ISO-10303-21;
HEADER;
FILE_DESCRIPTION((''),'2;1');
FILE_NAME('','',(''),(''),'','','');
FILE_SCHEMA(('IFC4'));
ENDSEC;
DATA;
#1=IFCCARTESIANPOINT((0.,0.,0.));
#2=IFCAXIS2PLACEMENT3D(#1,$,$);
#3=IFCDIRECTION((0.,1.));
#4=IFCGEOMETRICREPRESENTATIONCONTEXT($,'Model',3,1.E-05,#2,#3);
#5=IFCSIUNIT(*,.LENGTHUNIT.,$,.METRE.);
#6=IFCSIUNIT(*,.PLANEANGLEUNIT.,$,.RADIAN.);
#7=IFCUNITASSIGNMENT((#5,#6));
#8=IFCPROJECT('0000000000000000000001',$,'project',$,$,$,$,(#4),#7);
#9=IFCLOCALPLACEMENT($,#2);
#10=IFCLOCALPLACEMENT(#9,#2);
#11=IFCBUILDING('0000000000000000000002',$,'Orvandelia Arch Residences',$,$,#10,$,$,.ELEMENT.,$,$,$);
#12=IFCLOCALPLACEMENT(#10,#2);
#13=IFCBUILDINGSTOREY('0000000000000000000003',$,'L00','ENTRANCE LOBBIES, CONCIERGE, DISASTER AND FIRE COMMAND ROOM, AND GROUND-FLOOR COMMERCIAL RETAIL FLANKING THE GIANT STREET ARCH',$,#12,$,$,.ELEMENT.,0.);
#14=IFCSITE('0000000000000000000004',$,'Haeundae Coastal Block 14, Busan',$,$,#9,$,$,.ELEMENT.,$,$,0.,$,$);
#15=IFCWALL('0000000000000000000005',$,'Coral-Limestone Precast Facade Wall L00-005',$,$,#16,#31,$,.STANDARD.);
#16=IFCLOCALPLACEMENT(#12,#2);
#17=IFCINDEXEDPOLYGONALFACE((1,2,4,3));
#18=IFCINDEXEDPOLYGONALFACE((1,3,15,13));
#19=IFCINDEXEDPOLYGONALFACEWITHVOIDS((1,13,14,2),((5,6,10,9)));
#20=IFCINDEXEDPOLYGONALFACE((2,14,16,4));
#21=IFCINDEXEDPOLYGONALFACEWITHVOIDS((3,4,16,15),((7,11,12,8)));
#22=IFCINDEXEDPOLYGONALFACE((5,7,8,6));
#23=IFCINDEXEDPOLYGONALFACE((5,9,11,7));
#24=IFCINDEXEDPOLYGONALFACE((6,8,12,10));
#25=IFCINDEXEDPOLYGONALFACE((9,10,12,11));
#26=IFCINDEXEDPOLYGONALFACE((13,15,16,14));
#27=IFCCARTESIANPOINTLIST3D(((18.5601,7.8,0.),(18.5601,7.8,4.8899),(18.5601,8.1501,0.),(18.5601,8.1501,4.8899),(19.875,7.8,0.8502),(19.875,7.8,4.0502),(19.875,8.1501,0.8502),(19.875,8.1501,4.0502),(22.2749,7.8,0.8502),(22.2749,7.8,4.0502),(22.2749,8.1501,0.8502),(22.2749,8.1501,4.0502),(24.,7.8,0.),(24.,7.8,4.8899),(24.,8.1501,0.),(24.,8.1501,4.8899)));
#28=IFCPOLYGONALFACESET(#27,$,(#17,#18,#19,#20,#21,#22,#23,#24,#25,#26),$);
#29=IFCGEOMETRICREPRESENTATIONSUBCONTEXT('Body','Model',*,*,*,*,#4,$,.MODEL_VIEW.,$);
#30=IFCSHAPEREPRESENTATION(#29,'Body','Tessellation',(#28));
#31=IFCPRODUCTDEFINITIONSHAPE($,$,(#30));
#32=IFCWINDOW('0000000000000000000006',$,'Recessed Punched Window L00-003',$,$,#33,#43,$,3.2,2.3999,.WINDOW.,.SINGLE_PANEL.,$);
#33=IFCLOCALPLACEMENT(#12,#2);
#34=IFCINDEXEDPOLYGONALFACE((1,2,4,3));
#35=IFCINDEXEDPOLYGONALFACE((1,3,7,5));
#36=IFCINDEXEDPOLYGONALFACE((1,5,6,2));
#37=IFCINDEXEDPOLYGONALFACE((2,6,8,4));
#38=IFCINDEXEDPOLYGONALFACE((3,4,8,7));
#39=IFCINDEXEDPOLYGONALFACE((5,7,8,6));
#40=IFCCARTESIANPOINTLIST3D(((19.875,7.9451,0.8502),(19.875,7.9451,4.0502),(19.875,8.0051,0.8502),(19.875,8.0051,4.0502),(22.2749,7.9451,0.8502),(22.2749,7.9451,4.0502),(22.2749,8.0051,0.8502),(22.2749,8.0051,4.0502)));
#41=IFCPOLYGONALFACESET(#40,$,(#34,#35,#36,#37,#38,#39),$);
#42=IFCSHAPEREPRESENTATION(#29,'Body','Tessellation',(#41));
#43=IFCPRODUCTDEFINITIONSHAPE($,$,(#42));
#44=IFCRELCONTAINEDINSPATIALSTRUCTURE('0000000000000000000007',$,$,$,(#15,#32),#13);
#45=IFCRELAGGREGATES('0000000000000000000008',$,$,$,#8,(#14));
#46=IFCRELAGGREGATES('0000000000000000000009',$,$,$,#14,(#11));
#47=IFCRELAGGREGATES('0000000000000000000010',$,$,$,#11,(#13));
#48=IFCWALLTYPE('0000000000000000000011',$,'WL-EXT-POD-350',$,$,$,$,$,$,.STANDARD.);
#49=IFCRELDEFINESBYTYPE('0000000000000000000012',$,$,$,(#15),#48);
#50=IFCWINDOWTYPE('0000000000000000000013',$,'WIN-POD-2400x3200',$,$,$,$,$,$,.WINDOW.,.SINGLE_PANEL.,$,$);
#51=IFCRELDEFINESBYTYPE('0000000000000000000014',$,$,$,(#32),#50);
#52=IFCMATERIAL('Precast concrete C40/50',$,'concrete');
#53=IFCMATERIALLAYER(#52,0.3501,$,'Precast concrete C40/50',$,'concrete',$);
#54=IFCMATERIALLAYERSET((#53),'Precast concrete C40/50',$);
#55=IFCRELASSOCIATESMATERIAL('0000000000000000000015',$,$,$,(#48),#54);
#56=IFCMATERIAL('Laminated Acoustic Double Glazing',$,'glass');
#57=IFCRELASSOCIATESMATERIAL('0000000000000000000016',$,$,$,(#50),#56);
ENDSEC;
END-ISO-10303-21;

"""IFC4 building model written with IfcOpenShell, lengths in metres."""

from ifc_helpers import new_model, si_unit, direction, frame, frame_2d, origin, place, context, subcontext, project, spatial, rectangle, extrude, material, layer, layer_set, type_object, element, fill, save


model = new_model("IFC4")

# Units and contexts
model_context = context("Model", 3, precision=1e-05, world=origin(), true_north=direction((0.0, 1.0)))
body_context = subcontext(model_context, "Body", "Model", "MODEL_VIEW")
ifc_project = project(units=[si_unit("LENGTHUNIT", "METRE"), si_unit("PLANEANGLEUNIT", "RADIAN")], contexts=[model_context])

# Site, building, storey
site_placement = place(None, origin())
site = spatial("IfcSite", under=ifc_project, at=site_placement, Name="Haeundae Coastal Block 14, Busan", CompositionType="ELEMENT", RefElevation=0.0)
building_placement = place(site_placement, origin())
building = spatial("IfcBuilding", under=site, at=building_placement, Name="Orvandelia Arch Residences", CompositionType="ELEMENT")
storey_placement = place(building_placement, origin())
storey = spatial("IfcBuildingStorey", under=building, at=storey_placement, Name="L00", Description="ENTRANCE LOBBIES, CONCIERGE, DISASTER AND FIRE COMMAND ROOM, AND GROUND-FLOOR COMMERCIAL RETAIL FLANKING THE GIANT STREET ARCH", CompositionType="ELEMENT", Elevation=0.0)

# Shared definitions
ifc_material_1 = material(Name="Precast concrete C40/50", Category="concrete")

# Wall, opening, window
ifc_layer_1 = layer(ifc_material_1, 0.3501, Name="Precast concrete C40/50", Category="concrete")
ifc_layer_set_1 = layer_set([ifc_layer_1], Name="Precast concrete C40/50")
wall_type_1 = type_object("IfcWallType", Name="WL-EXT-POD-350", PredefinedType="STANDARD", material=ifc_layer_set_1)
wall_1_placement = place(storey_placement, frame((24.0, 7.9751, 0.0), z_axis=(0.0, 0.0, 1.0), x_axis=(-1.0, 0.0, 0.0)))
wall_1 = element("IfcWall", 1, at=wall_1_placement, inside=storey, type_object=wall_type_1, Name="Coral-Limestone Precast Facade Wall L00-005", PredefinedType="STANDARD", context=body_context, shape_type="SweptSolid", body=[
    extrude(rectangle(XDim=5.4399, YDim=0.3501, at=frame_2d((2.72, 0.0))), origin(), (0.0, 0.0, 1.0), 4.8899),
])
opening_placement = place(wall_1_placement, frame((1.7251, 0.0, 0.8501)))
opening = element("IfcOpeningElement", 2, at=opening_placement, cuts=wall_1, PredefinedType="OPENING", context=body_context, shape_type="SweptSolid", body=[
    extrude(rectangle(XDim=2.3999, YDim=3.2, at=frame_2d((1.2, 1.6001))), frame((0.0, 0.1851, 0.0), z_axis=(0.0, -1.0, 0.0), x_axis=(1.0, 0.0, 0.0)), (0.0, 0.0, 1.0), 0.3701),
])
ifc_material_2 = material(Name="Laminated Acoustic Double Glazing", Category="glass")
window_type = type_object("IfcWindowType", Name="WIN-POD-2400x3200", PartitioningType="SINGLE_PANEL", PredefinedType="WINDOW", material=ifc_material_2)
window_placement = place(opening_placement, origin())
window = element("IfcWindow", 3, at=window_placement, inside=storey, type_object=window_type, Name="Recessed Punched Window L00-003", OverallHeight=3.2, OverallWidth=2.3999, PartitioningType="SINGLE_PANEL", PredefinedType="WINDOW", context=body_context, shape_type="SweptSolid", body=[
    extrude(rectangle(XDim=2.3999, YDim=3.2, at=frame_2d((1.2, 1.6001))), frame((0.0, 0.03, 0.0), z_axis=(0.0, -1.0, 0.0), x_axis=(1.0, 0.0, 0.0)), (0.0, 0.0, 1.0), 0.0601),
])
fill(opening, window)

save(model, "model.ifc")
